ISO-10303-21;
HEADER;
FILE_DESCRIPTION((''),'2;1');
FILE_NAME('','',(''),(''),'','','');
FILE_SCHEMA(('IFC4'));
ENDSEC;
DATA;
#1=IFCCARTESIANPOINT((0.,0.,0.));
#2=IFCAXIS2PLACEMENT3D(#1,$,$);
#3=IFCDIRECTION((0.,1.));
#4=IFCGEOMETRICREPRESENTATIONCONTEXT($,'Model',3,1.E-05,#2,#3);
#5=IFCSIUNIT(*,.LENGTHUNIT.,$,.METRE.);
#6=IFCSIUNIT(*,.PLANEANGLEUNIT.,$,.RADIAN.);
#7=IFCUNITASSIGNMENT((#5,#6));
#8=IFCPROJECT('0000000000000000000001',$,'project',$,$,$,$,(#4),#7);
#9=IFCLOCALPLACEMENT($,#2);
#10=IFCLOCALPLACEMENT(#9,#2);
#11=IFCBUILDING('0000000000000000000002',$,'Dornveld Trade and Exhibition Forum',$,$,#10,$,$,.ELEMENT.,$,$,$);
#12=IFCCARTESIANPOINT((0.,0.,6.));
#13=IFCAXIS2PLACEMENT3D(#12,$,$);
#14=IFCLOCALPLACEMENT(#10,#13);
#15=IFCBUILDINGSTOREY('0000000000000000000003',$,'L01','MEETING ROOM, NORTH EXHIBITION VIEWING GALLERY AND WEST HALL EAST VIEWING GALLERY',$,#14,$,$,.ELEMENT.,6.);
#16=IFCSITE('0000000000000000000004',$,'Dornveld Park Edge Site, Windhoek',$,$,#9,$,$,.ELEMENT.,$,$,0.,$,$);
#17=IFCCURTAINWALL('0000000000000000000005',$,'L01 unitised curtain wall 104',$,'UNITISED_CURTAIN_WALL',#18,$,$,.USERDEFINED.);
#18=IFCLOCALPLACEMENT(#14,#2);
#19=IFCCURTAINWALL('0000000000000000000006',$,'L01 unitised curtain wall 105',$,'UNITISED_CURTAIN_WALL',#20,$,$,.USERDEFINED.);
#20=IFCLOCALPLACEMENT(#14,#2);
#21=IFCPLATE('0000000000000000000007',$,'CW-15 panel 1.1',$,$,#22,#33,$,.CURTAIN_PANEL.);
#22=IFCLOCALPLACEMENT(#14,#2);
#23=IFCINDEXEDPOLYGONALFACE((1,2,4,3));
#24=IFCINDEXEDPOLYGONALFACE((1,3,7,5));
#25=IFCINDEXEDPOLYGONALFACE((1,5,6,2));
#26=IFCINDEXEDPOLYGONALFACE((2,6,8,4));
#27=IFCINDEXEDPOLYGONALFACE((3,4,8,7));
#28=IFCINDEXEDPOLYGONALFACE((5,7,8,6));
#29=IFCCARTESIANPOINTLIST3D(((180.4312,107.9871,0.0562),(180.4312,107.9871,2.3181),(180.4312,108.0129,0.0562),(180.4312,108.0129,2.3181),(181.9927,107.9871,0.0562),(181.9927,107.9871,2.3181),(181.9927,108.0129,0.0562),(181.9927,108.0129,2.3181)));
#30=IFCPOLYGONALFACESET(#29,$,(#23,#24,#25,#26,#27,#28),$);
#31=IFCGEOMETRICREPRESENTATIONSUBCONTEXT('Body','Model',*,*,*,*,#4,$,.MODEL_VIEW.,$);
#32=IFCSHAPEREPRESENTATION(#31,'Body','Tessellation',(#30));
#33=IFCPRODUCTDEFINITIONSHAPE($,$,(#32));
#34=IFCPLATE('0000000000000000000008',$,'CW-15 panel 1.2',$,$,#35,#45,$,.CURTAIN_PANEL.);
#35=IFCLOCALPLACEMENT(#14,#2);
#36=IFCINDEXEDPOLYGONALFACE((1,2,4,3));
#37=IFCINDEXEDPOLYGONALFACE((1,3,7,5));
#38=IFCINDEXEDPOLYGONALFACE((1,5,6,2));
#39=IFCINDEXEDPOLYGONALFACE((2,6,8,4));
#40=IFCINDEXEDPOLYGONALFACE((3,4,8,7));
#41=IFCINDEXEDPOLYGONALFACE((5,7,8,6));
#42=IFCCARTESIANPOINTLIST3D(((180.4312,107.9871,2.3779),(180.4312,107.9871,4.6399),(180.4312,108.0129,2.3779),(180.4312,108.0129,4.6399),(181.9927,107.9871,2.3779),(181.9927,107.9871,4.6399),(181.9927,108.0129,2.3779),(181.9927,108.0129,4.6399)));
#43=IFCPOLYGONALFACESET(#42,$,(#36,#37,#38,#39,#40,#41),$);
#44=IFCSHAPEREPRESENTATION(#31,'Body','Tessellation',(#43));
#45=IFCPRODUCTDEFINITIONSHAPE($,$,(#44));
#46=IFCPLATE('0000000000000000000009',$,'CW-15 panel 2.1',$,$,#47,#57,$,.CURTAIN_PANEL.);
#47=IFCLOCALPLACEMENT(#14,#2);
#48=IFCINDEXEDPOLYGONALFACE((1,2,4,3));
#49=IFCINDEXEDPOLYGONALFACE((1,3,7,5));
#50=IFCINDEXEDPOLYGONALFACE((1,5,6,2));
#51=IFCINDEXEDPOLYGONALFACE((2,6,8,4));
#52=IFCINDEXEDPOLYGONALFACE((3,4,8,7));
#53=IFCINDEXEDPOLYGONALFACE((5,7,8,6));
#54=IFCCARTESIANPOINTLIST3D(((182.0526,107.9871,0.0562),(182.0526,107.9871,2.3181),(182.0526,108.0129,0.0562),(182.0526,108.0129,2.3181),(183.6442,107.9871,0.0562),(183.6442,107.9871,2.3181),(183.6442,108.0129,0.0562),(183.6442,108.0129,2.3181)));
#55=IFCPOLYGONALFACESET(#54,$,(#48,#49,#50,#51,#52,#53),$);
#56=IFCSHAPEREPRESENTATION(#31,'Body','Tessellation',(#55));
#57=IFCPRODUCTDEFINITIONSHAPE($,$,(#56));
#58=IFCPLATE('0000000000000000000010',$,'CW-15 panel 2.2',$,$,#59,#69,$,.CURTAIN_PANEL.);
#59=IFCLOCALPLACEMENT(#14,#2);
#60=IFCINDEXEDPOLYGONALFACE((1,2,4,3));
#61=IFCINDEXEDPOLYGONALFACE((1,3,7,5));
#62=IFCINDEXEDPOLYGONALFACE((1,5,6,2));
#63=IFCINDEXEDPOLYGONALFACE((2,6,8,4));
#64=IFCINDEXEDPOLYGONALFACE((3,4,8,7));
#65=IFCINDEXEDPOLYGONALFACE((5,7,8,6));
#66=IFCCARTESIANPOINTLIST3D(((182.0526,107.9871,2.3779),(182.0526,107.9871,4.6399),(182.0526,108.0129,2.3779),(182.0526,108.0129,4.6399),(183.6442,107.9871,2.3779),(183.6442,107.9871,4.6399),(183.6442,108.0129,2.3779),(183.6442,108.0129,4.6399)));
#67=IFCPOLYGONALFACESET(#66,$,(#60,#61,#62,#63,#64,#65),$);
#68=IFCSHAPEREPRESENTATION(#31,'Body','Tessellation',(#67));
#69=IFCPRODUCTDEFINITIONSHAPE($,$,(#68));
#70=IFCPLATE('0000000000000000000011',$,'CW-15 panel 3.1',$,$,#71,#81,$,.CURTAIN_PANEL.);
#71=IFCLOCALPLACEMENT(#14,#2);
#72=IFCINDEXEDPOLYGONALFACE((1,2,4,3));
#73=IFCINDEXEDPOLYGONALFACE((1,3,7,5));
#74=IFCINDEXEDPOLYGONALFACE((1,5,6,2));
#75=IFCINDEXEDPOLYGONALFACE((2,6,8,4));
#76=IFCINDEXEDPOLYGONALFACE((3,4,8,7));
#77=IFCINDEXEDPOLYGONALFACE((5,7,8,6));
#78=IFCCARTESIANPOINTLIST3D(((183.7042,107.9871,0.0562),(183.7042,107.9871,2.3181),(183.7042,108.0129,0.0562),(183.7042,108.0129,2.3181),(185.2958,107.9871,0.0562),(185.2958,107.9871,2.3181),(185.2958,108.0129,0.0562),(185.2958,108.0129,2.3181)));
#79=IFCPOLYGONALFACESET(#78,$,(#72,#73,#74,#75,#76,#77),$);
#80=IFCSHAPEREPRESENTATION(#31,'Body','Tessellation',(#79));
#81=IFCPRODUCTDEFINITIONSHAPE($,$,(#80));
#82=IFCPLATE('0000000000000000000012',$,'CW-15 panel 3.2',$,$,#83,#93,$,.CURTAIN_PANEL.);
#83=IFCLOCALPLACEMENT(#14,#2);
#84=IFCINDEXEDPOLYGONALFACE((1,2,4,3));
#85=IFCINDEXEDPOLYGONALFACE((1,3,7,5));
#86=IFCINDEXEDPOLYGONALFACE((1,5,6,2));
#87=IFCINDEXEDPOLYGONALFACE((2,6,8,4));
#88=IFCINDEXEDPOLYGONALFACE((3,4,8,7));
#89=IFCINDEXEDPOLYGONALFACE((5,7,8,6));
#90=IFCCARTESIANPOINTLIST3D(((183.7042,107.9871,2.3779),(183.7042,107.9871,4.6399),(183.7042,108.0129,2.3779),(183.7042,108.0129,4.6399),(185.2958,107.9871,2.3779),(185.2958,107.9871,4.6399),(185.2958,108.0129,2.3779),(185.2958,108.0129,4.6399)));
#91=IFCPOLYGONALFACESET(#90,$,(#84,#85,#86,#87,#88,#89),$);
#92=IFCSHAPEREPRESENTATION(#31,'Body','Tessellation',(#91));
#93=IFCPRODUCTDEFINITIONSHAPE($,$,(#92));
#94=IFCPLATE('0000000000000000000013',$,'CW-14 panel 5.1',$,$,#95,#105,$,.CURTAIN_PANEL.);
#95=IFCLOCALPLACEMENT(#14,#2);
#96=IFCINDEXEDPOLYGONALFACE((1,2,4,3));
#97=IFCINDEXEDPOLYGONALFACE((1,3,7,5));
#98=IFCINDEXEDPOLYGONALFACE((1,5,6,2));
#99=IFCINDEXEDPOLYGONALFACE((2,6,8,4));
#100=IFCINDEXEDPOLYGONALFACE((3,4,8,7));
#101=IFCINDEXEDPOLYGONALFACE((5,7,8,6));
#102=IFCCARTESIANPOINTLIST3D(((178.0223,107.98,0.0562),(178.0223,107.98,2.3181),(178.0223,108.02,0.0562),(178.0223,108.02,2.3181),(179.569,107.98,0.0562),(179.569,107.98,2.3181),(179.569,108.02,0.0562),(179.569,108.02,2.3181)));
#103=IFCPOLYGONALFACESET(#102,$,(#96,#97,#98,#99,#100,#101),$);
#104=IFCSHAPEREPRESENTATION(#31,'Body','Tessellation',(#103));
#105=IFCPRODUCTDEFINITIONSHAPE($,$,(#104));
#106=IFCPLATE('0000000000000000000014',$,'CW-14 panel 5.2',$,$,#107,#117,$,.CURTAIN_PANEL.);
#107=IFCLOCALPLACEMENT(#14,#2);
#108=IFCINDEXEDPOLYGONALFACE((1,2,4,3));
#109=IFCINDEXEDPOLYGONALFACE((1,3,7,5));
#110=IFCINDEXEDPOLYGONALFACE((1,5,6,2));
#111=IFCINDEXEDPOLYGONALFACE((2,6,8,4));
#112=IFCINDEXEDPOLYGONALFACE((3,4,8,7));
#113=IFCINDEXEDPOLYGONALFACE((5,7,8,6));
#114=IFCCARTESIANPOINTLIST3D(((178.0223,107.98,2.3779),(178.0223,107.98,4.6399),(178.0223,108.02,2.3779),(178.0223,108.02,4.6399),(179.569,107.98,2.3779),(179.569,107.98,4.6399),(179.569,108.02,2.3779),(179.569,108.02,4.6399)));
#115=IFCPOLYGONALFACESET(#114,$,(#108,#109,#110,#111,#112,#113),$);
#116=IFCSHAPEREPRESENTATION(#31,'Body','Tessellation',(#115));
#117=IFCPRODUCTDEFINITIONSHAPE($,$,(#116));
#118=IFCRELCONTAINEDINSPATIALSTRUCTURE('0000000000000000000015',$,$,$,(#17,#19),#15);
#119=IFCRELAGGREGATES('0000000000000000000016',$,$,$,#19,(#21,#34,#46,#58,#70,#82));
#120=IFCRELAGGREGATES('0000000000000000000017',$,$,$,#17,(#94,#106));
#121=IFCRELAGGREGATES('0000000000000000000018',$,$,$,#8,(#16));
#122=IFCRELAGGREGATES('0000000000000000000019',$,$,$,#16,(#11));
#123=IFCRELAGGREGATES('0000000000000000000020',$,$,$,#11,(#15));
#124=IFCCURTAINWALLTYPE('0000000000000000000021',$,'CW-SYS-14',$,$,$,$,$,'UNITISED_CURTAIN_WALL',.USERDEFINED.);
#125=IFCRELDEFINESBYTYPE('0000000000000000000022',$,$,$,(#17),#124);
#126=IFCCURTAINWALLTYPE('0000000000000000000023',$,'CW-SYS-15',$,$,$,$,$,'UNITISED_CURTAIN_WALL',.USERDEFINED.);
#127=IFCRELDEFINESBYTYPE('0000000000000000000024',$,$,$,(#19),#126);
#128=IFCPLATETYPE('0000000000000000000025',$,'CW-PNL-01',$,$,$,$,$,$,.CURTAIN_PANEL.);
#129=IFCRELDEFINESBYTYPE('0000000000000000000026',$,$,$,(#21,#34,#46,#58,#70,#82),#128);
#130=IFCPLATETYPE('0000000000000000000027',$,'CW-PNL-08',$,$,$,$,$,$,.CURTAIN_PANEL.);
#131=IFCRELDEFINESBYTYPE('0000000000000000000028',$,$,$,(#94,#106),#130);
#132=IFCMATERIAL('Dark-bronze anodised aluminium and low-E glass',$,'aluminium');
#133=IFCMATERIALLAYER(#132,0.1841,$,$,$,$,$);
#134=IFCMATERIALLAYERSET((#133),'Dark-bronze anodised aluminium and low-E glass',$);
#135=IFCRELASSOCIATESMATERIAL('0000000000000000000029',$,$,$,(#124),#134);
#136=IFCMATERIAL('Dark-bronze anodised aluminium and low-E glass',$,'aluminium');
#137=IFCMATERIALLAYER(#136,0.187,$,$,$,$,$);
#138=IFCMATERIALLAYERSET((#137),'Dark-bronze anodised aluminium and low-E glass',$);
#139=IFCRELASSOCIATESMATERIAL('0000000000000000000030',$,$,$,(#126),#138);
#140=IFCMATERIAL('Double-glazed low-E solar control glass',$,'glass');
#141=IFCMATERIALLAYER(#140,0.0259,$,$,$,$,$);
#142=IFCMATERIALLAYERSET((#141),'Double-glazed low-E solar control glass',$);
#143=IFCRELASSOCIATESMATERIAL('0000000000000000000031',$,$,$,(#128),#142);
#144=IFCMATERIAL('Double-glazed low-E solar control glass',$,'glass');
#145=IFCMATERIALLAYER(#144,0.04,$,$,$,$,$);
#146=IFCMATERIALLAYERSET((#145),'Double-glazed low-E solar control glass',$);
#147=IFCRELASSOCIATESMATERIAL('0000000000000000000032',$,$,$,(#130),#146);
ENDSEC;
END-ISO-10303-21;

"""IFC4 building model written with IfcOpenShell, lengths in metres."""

from ifc_helpers import new_model, si_unit, direction, frame, origin, origin_2d, place, context, subcontext, project, spatial, rectangle, extrude, material, layer, layer_set, type_object, element, aggregate, save


model = new_model("IFC4")

# Units and contexts
model_context = context("Model", 3, precision=1e-05, world=origin(), true_north=direction((0.0, 1.0)))
body_context = subcontext(model_context, "Body", "Model", "MODEL_VIEW")
ifc_project = project(units=[si_unit("LENGTHUNIT", "METRE"), si_unit("PLANEANGLEUNIT", "RADIAN")], contexts=[model_context])

# Site, building, storey
site_placement = place(None, origin())
site = spatial("IfcSite", under=ifc_project, at=site_placement, Name="Dornveld Park Edge Site, Windhoek", CompositionType="ELEMENT", RefElevation=0.0)
building_placement = place(site_placement, origin())
building = spatial("IfcBuilding", under=site, at=building_placement, Name="Dornveld Trade and Exhibition Forum", CompositionType="ELEMENT")
storey_placement = place(building_placement, frame((0.0, 0.0, 6.0)))
storey = spatial("IfcBuildingStorey", under=building, at=storey_placement, Name="L01", Description="MEETING ROOM, NORTH EXHIBITION VIEWING GALLERY AND WEST HALL EAST VIEWING GALLERY", CompositionType="ELEMENT", Elevation=6.0)

# Curtain walls
ifc_material_1 = material(Name="Dark-bronze anodised aluminium and low-E glass", Category="aluminium")
ifc_layer_1 = layer(ifc_material_1, 0.1841)
ifc_layer_set_1 = layer_set([ifc_layer_1], Name="Dark-bronze anodised aluminium and low-E glass")
curtain_wall_type_1 = type_object("IfcCurtainWallType", Name="CW-SYS-14", ElementType="UNITISED_CURTAIN_WALL", PredefinedType="USERDEFINED", material=ifc_layer_set_1)
curtain_wall_1_placement = place(storey_placement, origin())
curtain_wall_1 = element("IfcCurtainWall", 1, at=curtain_wall_1_placement, inside=storey, type_object=curtain_wall_type_1, Name="L01 unitised curtain wall 104", ObjectType="UNITISED_CURTAIN_WALL", PredefinedType="USERDEFINED")
ifc_material_2 = material(Name="Dark-bronze anodised aluminium and low-E glass", Category="aluminium")
ifc_layer_2 = layer(ifc_material_2, 0.187)
ifc_layer_set_2 = layer_set([ifc_layer_2], Name="Dark-bronze anodised aluminium and low-E glass")
curtain_wall_type_2 = type_object("IfcCurtainWallType", Name="CW-SYS-15", ElementType="UNITISED_CURTAIN_WALL", PredefinedType="USERDEFINED", material=ifc_layer_set_2)
curtain_wall_2_placement = place(storey_placement, origin())
curtain_wall_2 = element("IfcCurtainWall", 2, at=curtain_wall_2_placement, inside=storey, type_object=curtain_wall_type_2, Name="L01 unitised curtain wall 105", ObjectType="UNITISED_CURTAIN_WALL", PredefinedType="USERDEFINED")

# Plates
ifc_material_3 = material(Name="Double-glazed low-E solar control glass", Category="glass")
ifc_layer_3 = layer(ifc_material_3, 0.0259)
ifc_layer_set_3 = layer_set([ifc_layer_3], Name="Double-glazed low-E solar control glass")
plate_type_1 = type_object("IfcPlateType", Name="CW-PNL-01", PredefinedType="CURTAIN_PANEL", material=ifc_layer_set_3)
plate_1_placement = place(storey_placement, frame((181.2119, 108.0, 0.0562), z_axis=(0.0, 0.0, 1.0), x_axis=(1.0, 0.0, 0.0)))
plate_1 = element("IfcPlate", 3, at=plate_1_placement, type_object=plate_type_1, Name="CW-15 panel 1.1", PredefinedType="CURTAIN_PANEL", context=body_context, shape_type="SweptSolid", body=[
    extrude(rectangle(XDim=1.5615, YDim=0.0259, at=origin_2d()), origin(), (0.0, 0.0, 1.0), 2.262),
])
plate_2_placement = place(storey_placement, frame((181.2119, 108.0, 2.3779), z_axis=(0.0, 0.0, 1.0), x_axis=(1.0, 0.0, 0.0)))
plate_2 = element("IfcPlate", 4, at=plate_2_placement, type_object=plate_type_1, Name="CW-15 panel 1.2", PredefinedType="CURTAIN_PANEL", context=body_context, shape_type="SweptSolid", body=[
    extrude(rectangle(XDim=1.5615, YDim=0.0259, at=origin_2d()), origin(), (0.0, 0.0, 1.0), 2.262),
])
plate_3_placement = place(storey_placement, frame((182.8484, 108.0, 0.0562), z_axis=(0.0, 0.0, 1.0), x_axis=(1.0, 0.0, 0.0)))
plate_3 = element("IfcPlate", 5, at=plate_3_placement, type_object=plate_type_1, Name="CW-15 panel 2.1", PredefinedType="CURTAIN_PANEL", context=body_context, shape_type="SweptSolid", body=[
    extrude(rectangle(XDim=1.5916, YDim=0.0259, at=origin_2d()), origin(), (0.0, 0.0, 1.0), 2.262),
])
plate_4_placement = place(storey_placement, frame((182.8484, 108.0, 2.3779), z_axis=(0.0, 0.0, 1.0), x_axis=(1.0, 0.0, 0.0)))
plate_4 = element("IfcPlate", 6, at=plate_4_placement, type_object=plate_type_1, Name="CW-15 panel 2.2", PredefinedType="CURTAIN_PANEL", context=body_context, shape_type="SweptSolid", body=[
    extrude(rectangle(XDim=1.5916, YDim=0.0259, at=origin_2d()), origin(), (0.0, 0.0, 1.0), 2.262),
])
plate_5_placement = place(storey_placement, frame((184.5, 108.0, 0.0562), z_axis=(0.0, 0.0, 1.0), x_axis=(1.0, 0.0, 0.0)))
plate_5 = element("IfcPlate", 7, at=plate_5_placement, type_object=plate_type_1, Name="CW-15 panel 3.1", PredefinedType="CURTAIN_PANEL", context=body_context, shape_type="SweptSolid", body=[
    extrude(rectangle(XDim=1.5916, YDim=0.0259, at=origin_2d()), origin(), (0.0, 0.0, 1.0), 2.262),
])
plate_6_placement = place(storey_placement, frame((184.5, 108.0, 2.3779), z_axis=(0.0, 0.0, 1.0), x_axis=(1.0, 0.0, 0.0)))
plate_6 = element("IfcPlate", 8, at=plate_6_placement, type_object=plate_type_1, Name="CW-15 panel 3.2", PredefinedType="CURTAIN_PANEL", context=body_context, shape_type="SweptSolid", body=[
    extrude(rectangle(XDim=1.5916, YDim=0.0259, at=origin_2d()), origin(), (0.0, 0.0, 1.0), 2.262),
])
aggregate(curtain_wall_2, [plate_1, plate_2, plate_3, plate_4, plate_5, plate_6])
ifc_material_4 = material(Name="Double-glazed low-E solar control glass", Category="glass")
ifc_layer_4 = layer(ifc_material_4, 0.04)
ifc_layer_set_4 = layer_set([ifc_layer_4], Name="Double-glazed low-E solar control glass")
plate_type_2 = type_object("IfcPlateType", Name="CW-PNL-08", PredefinedType="CURTAIN_PANEL", material=ifc_layer_set_4)
plate_7_placement = place(storey_placement, frame((178.7957, 108.0, 0.0562), z_axis=(0.0, 0.0, 1.0), x_axis=(1.0, 0.0, 0.0)))
plate_7 = element("IfcPlate", 9, at=plate_7_placement, type_object=plate_type_2, Name="CW-14 panel 5.1", PredefinedType="CURTAIN_PANEL", context=body_context, shape_type="SweptSolid", body=[
    extrude(rectangle(XDim=1.5466, YDim=0.04, at=origin_2d()), origin(), (0.0, 0.0, 1.0), 2.262),
])
plate_8_placement = place(storey_placement, frame((178.7957, 108.0, 2.3779), z_axis=(0.0, 0.0, 1.0), x_axis=(1.0, 0.0, 0.0)))
plate_8 = element("IfcPlate", 10, at=plate_8_placement, type_object=plate_type_2, Name="CW-14 panel 5.2", PredefinedType="CURTAIN_PANEL", context=body_context, shape_type="SweptSolid", body=[
    extrude(rectangle(XDim=1.5466, YDim=0.04, at=origin_2d()), origin(), (0.0, 0.0, 1.0), 2.262),
])
aggregate(curtain_wall_1, [plate_7, plate_8])

save(model, "model.ifc")
